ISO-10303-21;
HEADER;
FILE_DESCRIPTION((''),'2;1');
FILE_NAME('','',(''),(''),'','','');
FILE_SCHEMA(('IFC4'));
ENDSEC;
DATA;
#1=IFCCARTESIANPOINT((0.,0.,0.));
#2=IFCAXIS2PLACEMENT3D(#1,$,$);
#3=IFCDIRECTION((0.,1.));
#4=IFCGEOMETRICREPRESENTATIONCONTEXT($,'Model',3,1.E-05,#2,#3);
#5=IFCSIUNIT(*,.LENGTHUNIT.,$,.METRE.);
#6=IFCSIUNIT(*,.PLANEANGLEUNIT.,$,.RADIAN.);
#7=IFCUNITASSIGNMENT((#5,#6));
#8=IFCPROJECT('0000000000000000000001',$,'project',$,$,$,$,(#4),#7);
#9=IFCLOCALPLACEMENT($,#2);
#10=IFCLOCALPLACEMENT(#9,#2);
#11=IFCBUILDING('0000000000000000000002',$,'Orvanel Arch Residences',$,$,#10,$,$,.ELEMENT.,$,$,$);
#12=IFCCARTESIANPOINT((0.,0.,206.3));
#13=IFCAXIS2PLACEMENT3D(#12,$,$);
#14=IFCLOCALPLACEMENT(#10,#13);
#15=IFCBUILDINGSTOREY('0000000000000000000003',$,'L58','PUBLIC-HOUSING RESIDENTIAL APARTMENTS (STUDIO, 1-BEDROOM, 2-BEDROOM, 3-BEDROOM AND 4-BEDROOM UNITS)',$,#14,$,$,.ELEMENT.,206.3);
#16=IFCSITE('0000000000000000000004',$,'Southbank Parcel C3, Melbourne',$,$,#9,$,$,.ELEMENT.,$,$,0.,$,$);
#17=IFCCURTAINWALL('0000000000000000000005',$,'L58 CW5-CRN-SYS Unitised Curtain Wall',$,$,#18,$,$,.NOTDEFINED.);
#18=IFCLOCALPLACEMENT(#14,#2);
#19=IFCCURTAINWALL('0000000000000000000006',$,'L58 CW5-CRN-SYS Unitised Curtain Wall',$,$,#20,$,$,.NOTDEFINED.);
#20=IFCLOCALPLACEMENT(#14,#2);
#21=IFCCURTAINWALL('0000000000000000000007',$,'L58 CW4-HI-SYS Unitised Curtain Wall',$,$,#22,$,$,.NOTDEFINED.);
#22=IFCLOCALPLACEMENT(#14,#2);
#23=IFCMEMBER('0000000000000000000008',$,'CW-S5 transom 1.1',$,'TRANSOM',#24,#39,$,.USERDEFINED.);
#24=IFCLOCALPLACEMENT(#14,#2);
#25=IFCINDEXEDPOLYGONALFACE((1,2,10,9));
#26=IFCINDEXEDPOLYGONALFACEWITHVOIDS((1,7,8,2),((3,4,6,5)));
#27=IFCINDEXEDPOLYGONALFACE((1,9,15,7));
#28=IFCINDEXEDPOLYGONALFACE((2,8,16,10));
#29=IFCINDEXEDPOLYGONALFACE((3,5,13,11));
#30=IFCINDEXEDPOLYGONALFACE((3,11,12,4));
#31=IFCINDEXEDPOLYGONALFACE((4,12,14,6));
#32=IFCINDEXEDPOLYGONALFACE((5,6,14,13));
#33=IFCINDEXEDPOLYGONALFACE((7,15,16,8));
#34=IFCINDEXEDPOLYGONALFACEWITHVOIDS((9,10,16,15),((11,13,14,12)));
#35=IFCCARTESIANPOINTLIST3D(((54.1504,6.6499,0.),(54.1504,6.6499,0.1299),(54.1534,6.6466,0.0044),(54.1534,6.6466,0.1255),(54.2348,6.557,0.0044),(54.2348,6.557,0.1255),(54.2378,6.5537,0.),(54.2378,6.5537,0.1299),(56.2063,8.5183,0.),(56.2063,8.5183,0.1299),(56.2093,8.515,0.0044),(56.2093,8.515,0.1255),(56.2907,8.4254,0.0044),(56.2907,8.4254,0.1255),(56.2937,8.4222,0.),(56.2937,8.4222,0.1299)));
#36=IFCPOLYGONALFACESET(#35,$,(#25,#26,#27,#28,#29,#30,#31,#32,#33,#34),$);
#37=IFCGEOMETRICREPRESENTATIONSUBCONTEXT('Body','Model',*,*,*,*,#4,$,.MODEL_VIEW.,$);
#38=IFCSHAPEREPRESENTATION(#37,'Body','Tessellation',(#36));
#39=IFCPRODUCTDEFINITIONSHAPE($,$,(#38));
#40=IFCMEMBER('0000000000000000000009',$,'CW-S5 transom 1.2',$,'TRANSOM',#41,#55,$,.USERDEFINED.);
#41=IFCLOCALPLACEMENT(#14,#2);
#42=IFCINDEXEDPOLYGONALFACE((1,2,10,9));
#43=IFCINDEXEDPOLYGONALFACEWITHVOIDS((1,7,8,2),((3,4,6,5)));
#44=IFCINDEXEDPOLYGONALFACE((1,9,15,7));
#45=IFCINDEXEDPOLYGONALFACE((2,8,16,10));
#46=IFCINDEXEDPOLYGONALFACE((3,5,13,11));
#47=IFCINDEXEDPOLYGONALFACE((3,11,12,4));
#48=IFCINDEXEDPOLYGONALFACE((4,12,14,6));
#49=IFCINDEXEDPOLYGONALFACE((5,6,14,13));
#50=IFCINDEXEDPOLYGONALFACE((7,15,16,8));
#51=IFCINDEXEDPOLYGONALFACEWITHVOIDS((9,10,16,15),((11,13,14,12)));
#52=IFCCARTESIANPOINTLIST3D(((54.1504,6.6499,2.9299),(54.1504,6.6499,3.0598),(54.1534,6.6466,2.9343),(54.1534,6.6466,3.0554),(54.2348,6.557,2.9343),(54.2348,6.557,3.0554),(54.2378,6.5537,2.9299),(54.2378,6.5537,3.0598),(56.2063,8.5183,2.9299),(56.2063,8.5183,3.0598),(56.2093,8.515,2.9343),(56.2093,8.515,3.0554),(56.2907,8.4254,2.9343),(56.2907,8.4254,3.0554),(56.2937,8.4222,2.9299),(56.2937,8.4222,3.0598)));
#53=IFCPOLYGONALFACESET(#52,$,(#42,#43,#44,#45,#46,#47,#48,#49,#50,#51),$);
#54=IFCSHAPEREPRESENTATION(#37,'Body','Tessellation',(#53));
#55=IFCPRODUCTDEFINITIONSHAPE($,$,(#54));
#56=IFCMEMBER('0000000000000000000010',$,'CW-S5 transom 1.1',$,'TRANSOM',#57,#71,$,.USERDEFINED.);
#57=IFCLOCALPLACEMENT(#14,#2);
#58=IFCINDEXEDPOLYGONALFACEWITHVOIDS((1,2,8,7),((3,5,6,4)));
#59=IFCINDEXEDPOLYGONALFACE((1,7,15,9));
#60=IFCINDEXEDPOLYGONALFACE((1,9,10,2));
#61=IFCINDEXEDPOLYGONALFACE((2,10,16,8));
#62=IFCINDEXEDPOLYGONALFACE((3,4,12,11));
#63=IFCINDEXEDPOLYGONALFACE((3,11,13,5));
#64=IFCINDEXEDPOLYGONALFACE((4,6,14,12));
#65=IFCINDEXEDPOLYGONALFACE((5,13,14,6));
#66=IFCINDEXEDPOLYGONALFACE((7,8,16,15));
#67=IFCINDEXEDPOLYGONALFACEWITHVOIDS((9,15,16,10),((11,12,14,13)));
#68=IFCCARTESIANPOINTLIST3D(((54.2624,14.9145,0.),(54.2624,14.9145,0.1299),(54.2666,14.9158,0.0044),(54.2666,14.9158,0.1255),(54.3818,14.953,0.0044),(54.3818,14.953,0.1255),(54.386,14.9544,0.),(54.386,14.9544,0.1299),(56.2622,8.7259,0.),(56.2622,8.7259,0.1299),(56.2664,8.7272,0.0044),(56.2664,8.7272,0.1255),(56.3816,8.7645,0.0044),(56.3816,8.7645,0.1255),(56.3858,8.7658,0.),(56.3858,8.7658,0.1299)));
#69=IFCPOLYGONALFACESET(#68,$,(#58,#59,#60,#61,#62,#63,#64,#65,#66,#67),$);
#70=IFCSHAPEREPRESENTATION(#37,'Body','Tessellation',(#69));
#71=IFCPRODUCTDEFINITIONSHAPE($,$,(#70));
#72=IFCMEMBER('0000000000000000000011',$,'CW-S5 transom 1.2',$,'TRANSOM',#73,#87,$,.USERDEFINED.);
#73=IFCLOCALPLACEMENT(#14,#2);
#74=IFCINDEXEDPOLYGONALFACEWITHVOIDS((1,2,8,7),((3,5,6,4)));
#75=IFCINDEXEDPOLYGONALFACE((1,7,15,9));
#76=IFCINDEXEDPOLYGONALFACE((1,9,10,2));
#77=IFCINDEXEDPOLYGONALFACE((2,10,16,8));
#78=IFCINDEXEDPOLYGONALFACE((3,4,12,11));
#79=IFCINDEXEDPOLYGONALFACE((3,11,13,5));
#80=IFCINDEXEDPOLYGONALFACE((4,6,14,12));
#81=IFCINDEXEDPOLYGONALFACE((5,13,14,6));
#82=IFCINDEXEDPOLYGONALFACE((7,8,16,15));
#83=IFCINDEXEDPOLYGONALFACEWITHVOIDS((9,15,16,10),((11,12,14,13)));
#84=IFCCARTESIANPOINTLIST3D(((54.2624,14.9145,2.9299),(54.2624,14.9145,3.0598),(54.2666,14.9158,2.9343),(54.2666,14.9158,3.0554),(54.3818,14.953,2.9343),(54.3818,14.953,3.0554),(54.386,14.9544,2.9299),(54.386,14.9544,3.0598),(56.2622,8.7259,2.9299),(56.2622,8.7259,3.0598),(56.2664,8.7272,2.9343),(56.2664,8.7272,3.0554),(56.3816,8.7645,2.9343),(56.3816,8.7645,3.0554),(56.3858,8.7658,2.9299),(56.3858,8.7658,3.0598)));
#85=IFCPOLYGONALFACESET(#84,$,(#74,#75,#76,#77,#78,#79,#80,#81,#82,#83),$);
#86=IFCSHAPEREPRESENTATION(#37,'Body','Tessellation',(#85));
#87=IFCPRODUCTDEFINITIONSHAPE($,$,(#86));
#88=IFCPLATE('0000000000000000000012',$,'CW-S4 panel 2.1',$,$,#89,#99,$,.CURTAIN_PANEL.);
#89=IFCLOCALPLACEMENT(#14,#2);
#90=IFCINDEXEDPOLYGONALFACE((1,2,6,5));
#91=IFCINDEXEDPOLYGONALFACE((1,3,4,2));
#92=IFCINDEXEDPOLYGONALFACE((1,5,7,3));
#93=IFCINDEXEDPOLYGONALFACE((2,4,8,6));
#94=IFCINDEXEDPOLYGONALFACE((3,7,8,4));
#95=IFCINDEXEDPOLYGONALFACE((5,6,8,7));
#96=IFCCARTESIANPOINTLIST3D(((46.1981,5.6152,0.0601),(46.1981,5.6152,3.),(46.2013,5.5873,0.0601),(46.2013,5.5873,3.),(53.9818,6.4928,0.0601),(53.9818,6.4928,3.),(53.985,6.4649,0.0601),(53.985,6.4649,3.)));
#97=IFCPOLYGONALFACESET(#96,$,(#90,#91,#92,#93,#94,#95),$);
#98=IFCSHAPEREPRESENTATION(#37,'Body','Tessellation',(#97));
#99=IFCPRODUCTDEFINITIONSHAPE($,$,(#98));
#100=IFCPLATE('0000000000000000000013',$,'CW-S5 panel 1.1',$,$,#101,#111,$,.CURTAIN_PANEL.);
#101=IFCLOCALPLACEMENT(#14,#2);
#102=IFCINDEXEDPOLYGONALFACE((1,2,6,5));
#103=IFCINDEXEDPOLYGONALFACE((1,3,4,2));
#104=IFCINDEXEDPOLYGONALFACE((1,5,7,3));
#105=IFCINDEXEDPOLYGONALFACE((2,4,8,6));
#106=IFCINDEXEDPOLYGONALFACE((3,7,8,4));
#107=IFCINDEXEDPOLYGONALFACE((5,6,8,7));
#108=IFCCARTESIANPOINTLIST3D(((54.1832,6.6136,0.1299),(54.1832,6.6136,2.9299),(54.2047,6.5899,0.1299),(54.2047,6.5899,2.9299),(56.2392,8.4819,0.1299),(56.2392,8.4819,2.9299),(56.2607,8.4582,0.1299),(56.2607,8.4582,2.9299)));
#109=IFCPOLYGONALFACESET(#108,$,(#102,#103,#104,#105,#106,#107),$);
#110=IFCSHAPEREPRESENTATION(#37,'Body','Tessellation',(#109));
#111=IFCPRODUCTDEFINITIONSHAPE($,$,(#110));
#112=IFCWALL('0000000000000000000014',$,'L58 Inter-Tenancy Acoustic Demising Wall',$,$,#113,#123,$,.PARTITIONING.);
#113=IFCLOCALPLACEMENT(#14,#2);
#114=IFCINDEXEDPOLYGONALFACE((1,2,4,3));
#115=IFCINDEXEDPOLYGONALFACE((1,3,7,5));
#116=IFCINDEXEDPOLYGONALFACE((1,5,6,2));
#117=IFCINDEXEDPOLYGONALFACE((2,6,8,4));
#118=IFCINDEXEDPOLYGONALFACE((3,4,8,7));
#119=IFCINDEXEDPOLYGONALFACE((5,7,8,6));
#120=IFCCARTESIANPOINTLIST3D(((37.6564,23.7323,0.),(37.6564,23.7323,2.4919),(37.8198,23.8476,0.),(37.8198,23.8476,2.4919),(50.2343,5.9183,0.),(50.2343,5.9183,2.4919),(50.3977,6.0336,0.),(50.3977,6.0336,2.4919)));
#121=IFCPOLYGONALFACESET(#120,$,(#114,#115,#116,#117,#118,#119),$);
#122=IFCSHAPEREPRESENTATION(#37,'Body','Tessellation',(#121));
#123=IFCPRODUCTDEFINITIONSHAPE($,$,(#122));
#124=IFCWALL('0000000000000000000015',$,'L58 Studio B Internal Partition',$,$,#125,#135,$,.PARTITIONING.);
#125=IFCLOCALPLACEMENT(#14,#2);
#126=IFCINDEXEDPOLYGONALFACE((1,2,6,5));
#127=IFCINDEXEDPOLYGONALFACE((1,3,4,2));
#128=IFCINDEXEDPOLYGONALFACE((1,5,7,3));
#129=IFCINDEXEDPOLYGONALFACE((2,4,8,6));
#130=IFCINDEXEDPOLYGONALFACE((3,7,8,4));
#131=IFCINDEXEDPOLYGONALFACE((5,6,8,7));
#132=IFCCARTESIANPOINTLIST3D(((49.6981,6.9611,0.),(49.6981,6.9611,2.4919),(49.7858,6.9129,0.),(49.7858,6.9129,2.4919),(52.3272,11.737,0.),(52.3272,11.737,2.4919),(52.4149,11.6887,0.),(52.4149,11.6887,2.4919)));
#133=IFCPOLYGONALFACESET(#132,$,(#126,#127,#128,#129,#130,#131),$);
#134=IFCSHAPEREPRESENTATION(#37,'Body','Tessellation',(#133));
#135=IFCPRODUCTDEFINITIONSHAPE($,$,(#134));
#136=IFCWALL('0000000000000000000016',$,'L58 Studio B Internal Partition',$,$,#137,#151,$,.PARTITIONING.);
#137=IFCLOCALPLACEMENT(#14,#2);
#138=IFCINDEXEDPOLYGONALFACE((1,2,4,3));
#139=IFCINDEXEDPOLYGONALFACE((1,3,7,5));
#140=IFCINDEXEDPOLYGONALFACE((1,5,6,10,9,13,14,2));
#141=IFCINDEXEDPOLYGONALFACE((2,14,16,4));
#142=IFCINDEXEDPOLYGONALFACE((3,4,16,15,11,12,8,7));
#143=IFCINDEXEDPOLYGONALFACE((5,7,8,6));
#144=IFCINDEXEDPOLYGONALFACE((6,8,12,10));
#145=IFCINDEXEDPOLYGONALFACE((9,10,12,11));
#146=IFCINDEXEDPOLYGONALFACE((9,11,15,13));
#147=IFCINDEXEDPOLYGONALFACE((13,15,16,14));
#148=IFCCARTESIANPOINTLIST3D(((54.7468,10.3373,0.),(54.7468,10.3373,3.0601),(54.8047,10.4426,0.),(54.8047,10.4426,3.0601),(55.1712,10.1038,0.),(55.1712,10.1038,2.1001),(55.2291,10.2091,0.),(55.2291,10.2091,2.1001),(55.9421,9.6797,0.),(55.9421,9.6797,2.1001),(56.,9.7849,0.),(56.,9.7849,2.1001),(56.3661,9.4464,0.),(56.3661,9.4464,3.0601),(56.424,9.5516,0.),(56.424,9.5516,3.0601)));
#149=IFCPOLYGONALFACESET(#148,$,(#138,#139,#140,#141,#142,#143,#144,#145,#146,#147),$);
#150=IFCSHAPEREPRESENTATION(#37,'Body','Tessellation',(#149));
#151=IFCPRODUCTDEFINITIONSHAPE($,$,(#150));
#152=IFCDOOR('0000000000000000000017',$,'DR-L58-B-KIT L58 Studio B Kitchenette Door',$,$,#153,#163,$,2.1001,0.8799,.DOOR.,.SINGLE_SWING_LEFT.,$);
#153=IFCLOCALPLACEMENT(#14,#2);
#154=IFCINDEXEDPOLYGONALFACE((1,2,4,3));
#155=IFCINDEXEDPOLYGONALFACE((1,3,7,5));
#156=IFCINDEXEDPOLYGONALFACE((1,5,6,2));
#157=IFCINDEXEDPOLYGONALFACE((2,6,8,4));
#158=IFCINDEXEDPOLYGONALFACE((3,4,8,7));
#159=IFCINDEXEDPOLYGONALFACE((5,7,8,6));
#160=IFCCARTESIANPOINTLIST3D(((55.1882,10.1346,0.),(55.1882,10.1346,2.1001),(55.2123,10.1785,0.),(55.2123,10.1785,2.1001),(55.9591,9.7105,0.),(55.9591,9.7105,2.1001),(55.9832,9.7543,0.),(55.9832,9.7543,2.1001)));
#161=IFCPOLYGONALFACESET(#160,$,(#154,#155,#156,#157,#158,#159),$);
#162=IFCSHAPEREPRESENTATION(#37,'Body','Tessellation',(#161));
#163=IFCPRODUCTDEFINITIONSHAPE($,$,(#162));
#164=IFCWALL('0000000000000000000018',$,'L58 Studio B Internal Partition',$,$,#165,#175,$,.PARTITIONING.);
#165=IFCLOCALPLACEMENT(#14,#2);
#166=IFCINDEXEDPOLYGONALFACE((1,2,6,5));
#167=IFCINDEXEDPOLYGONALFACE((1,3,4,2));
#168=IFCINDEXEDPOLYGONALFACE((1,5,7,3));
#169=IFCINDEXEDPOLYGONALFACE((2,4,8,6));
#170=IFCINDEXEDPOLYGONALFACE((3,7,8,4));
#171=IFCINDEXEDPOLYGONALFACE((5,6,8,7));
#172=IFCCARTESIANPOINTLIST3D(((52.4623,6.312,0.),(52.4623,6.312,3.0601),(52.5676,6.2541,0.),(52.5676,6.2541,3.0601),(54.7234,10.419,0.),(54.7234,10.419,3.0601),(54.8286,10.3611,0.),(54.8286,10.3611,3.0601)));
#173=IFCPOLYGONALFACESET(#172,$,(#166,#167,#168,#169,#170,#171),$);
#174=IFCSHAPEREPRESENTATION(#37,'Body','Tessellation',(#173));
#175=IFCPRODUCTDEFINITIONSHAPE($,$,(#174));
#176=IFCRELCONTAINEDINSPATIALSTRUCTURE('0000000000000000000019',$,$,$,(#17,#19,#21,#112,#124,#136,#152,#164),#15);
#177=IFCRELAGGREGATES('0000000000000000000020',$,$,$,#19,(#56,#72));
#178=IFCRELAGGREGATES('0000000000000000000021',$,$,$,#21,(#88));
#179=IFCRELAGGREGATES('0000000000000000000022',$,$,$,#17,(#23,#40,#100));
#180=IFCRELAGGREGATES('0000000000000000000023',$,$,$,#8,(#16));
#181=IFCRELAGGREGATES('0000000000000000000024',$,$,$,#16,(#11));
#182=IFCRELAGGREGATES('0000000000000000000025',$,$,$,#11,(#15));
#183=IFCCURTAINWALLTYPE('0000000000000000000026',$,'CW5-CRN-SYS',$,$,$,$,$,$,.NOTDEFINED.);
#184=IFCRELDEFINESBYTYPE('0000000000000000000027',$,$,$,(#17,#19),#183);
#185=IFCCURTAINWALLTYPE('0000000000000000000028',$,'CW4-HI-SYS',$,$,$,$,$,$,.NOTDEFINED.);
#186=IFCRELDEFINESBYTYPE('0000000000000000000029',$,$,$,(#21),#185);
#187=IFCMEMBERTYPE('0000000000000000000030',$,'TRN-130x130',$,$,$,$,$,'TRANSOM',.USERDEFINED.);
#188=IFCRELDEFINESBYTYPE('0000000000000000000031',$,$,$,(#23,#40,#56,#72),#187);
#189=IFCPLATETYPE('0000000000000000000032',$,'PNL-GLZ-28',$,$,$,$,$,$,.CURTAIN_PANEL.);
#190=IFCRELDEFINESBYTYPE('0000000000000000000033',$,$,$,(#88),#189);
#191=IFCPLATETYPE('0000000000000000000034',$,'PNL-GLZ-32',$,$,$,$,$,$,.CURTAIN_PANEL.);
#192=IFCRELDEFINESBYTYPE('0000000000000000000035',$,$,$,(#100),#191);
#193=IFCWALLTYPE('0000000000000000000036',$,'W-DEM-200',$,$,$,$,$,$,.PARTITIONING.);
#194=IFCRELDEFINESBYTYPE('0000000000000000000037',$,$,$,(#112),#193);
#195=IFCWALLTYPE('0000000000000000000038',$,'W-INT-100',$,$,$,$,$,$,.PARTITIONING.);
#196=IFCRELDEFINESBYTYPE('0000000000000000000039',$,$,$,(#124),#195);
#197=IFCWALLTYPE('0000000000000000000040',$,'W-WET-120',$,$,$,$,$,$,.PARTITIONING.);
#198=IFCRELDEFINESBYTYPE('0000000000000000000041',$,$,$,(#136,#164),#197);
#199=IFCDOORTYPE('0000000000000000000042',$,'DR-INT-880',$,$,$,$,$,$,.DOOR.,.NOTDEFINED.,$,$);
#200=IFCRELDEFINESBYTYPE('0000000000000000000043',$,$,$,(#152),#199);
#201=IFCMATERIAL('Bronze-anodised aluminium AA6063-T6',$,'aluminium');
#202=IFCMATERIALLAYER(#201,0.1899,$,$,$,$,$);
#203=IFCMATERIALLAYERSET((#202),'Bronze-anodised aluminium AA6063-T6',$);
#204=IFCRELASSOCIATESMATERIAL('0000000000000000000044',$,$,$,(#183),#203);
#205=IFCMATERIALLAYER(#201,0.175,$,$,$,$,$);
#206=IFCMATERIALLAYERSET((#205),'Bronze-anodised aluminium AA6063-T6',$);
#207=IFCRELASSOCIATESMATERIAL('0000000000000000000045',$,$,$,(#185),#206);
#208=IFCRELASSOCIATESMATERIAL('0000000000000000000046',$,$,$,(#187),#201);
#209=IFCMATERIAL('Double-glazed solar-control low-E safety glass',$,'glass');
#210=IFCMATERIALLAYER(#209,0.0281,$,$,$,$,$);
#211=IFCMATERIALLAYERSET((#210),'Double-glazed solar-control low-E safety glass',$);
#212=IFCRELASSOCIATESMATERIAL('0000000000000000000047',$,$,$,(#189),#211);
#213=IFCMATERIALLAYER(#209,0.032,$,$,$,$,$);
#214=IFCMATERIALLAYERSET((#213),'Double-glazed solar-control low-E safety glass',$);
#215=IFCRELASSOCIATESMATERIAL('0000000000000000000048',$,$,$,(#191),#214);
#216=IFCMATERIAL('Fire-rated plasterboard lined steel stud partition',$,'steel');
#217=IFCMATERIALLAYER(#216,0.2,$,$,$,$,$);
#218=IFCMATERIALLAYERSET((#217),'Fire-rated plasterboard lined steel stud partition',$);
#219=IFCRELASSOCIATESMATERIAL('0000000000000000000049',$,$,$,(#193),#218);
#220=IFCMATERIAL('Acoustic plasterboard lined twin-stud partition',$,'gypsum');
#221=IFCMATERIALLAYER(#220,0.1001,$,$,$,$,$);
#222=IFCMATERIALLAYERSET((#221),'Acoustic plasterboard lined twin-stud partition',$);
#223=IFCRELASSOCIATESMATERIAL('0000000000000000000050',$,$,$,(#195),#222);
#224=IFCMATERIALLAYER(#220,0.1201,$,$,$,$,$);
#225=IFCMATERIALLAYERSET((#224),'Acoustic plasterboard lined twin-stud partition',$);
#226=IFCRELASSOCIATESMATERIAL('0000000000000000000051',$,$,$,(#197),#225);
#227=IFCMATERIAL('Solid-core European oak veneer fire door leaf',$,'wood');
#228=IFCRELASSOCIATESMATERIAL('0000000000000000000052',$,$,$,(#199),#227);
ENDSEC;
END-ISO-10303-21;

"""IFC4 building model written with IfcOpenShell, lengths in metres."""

from ifc_helpers import new_model, si_unit, direction, frame, frame_2d, origin, origin_2d, place, context, subcontext, project, spatial, rectangle, hollow_rectangle, extrude, material, layer, layer_set, material_profile, profile_set, type_object, element, fill, aggregate, save


model = new_model("IFC4")

# Units and contexts
model_context = context("Model", 3, precision=1e-05, world=origin(), true_north=direction((0.0, 1.0)))
body_context = subcontext(model_context, "Body", "Model", "MODEL_VIEW")
ifc_project = project(units=[si_unit("LENGTHUNIT", "METRE"), si_unit("PLANEANGLEUNIT", "RADIAN")], contexts=[model_context])

# Site, building, storey
site_placement = place(None, origin())
site = spatial("IfcSite", under=ifc_project, at=site_placement, Name="Southbank Parcel C3, Melbourne", CompositionType="ELEMENT", RefElevation=0.0)
building_placement = place(site_placement, origin())
building = spatial("IfcBuilding", under=site, at=building_placement, Name="Orvanel Arch Residences", CompositionType="ELEMENT")
storey_placement = place(building_placement, frame((0.0, 0.0, 206.3)))
storey = spatial("IfcBuildingStorey", under=building, at=storey_placement, Name="L58", Description="PUBLIC-HOUSING RESIDENTIAL APARTMENTS (STUDIO, 1-BEDROOM, 2-BEDROOM, 3-BEDROOM AND 4-BEDROOM UNITS)", CompositionType="ELEMENT", Elevation=206.3)

# Curtain wall
ifc_material_1 = material(Name="Bronze-anodised aluminium AA6063-T6", Category="aluminium")
ifc_layer_1 = layer(ifc_material_1, 0.1899)
ifc_layer_set_1 = layer_set([ifc_layer_1], Name="Bronze-anodised aluminium AA6063-T6")
curtain_wall_type_1 = type_object("IfcCurtainWallType", Name="CW5-CRN-SYS", PredefinedType="NOTDEFINED", material=ifc_layer_set_1)
curtain_wall_1_placement = place(storey_placement, origin())
curtain_wall_1 = element("IfcCurtainWall", 1, at=curtain_wall_1_placement, inside=storey, type_object=curtain_wall_type_1, Name="L58 CW5-CRN-SYS Unitised Curtain Wall", PredefinedType="NOTDEFINED")

# Curtain walls
curtain_wall_2_placement = place(storey_placement, origin())
curtain_wall_2 = element("IfcCurtainWall", 2, at=curtain_wall_2_placement, inside=storey, type_object=curtain_wall_type_1, Name="L58 CW5-CRN-SYS Unitised Curtain Wall", PredefinedType="NOTDEFINED")
ifc_layer_2 = layer(ifc_material_1, 0.175)
ifc_layer_set_2 = layer_set([ifc_layer_2], Name="Bronze-anodised aluminium AA6063-T6")
curtain_wall_type_2 = type_object("IfcCurtainWallType", Name="CW4-HI-SYS", PredefinedType="NOTDEFINED", material=ifc_layer_set_2)
curtain_wall_3_placement = place(storey_placement, origin())
curtain_wall_3 = element("IfcCurtainWall", 3, at=curtain_wall_3_placement, inside=storey, type_object=curtain_wall_type_2, Name="L58 CW4-HI-SYS Unitised Curtain Wall", PredefinedType="NOTDEFINED")

# Members
ifc_material_profile_1 = material_profile(ifc_material_1, hollow_rectangle(XDim=0.1299, YDim=0.1299, WallThickness=0.0044, at=origin_2d()), Name="ALU130x130x4.5")
ifc_profile_set_1 = profile_set([ifc_material_profile_1], Name="Bronze-anodised aluminium AA6063-T6")
member_type_1 = type_object("IfcMemberType", Name="TRN-130x130", ElementType="TRANSOM", PredefinedType="USERDEFINED", material=ifc_profile_set_1)
member_1_placement = place(storey_placement, frame((54.1941, 6.6018, 0.0649), z_axis=(0.740047, 0.672555, 0.0), x_axis=(-0.672555, 0.740047, 0.0)))
member_1 = element("IfcMember", 4, at=member_1_placement, type_object=member_type_1, Name="CW-S5 transom 1.1", ObjectType="TRANSOM", PredefinedType="USERDEFINED", context=body_context, shape_type="SweptSolid", body=[
    extrude(hollow_rectangle(XDim=0.1299, YDim=0.1299, WallThickness=0.0044, at=origin_2d()), origin(), (0.0, 0.0, 1.0), 2.7781),
])
member_2_placement = place(storey_placement, frame((54.1941, 6.6018, 2.9949), z_axis=(0.740047, 0.672555, 0.0), x_axis=(-0.672555, 0.740047, 0.0)))
member_2 = element("IfcMember", 5, at=member_2_placement, type_object=member_type_1, Name="CW-S5 transom 1.2", ObjectType="TRANSOM", PredefinedType="USERDEFINED", context=body_context, shape_type="SweptSolid", body=[
    extrude(hollow_rectangle(XDim=0.1299, YDim=0.1299, WallThickness=0.0044, at=origin_2d()), origin(), (0.0, 0.0, 1.0), 2.7781),
])
member_3_placement = place(storey_placement, frame((56.324, 8.7458, 0.0649), z_axis=(-0.307486, 0.951552, 0.0), x_axis=(-0.951552, -0.307486, 0.0)))
member_3 = element("IfcMember", 6, at=member_3_placement, type_object=member_type_1, Name="CW-S5 transom 1.1", ObjectType="TRANSOM", PredefinedType="USERDEFINED", context=body_context, shape_type="SweptSolid", body=[
    extrude(hollow_rectangle(XDim=0.1299, YDim=0.1299, WallThickness=0.0044, at=origin_2d()), origin(), (0.0, 0.0, 1.0), 6.5037),
])
member_4_placement = place(storey_placement, frame((56.324, 8.7458, 2.9949), z_axis=(-0.307486, 0.951552, 0.0), x_axis=(-0.951552, -0.307486, 0.0)))
member_4 = element("IfcMember", 7, at=member_4_placement, type_object=member_type_1, Name="CW-S5 transom 1.2", ObjectType="TRANSOM", PredefinedType="USERDEFINED", context=body_context, shape_type="SweptSolid", body=[
    extrude(hollow_rectangle(XDim=0.1299, YDim=0.1299, WallThickness=0.0044, at=origin_2d()), origin(), (0.0, 0.0, 1.0), 6.5037),
])
aggregate(curtain_wall_2, [member_3, member_4])

# Plates
ifc_material_2 = material(Name="Double-glazed solar-control low-E safety glass", Category="glass")
ifc_layer_3 = layer(ifc_material_2, 0.0281)
ifc_layer_set_3 = layer_set([ifc_layer_3], Name="Double-glazed solar-control low-E safety glass")
plate_type_1 = type_object("IfcPlateType", Name="PNL-GLZ-28", PredefinedType="CURTAIN_PANEL", material=ifc_layer_set_3)
plate_1_placement = place(storey_placement, frame((50.0916, 6.04, 0.0601), z_axis=(0.0, 0.0, 1.0), x_axis=(0.993704, 0.112037, 0.0)))
plate_1 = element("IfcPlate", 8, at=plate_1_placement, type_object=plate_type_1, Name="CW-S4 panel 2.1", PredefinedType="CURTAIN_PANEL", context=body_context, shape_type="SweptSolid", body=[
    extrude(rectangle(XDim=7.833, YDim=0.0281, at=origin_2d()), origin(), (0.0, 0.0, 1.0), 2.9399),
])
aggregate(curtain_wall_3, [plate_1])
ifc_layer_4 = layer(ifc_material_2, 0.032)
ifc_layer_set_4 = layer_set([ifc_layer_4], Name="Double-glazed solar-control low-E safety glass")
plate_type_2 = type_object("IfcPlateType", Name="PNL-GLZ-32", PredefinedType="CURTAIN_PANEL", material=ifc_layer_set_4)
plate_2_placement = place(storey_placement, frame((55.2219, 7.5359, 0.1299), z_axis=(0.0, 0.0, 1.0), x_axis=(0.740087, 0.672511, 0.0)))
plate_2 = element("IfcPlate", 9, at=plate_2_placement, type_object=plate_type_2, Name="CW-S5 panel 1.1", PredefinedType="CURTAIN_PANEL", context=body_context, shape_type="SweptSolid", body=[
    extrude(rectangle(XDim=2.7781, YDim=0.032, at=origin_2d()), origin(), (0.0, 0.0, 1.0), 2.8),
])
aggregate(curtain_wall_1, [member_1, member_2, plate_2])

# Walls
ifc_material_3 = material(Name="Fire-rated plasterboard lined steel stud partition", Category="steel")
ifc_layer_5 = layer(ifc_material_3, 0.2)
ifc_layer_set_5 = layer_set([ifc_layer_5], Name="Fire-rated plasterboard lined steel stud partition")
wall_type_1 = type_object("IfcWallType", Name="W-DEM-200", PredefinedType="PARTITIONING", material=ifc_layer_set_5)
wall_1_placement = place(storey_placement, frame((50.3159, 5.9761, 0.0), z_axis=(0.0, 0.0, 1.0), x_axis=(-0.576785, 0.816896, 0.0)))
element("IfcWall", 10, at=wall_1_placement, inside=storey, type_object=wall_type_1, Name="L58 Inter-Tenancy Acoustic Demising Wall", PredefinedType="PARTITIONING", context=body_context, shape_type="SweptSolid", body=[
    extrude(rectangle(XDim=21.8069, YDim=0.2, at=frame_2d((10.9033, 0.0))), origin(), (0.0, 0.0, 1.0), 2.4919),
])
ifc_material_4 = material(Name="Acoustic plasterboard lined twin-stud partition", Category="gypsum")
ifc_layer_6 = layer(ifc_material_4, 0.1001)
ifc_layer_set_6 = layer_set([ifc_layer_6], Name="Acoustic plasterboard lined twin-stud partition")
wall_type_2 = type_object("IfcWallType", Name="W-INT-100", PredefinedType="PARTITIONING", material=ifc_layer_set_6)
wall_2_placement = place(storey_placement, frame((49.7419, 6.937, 0.0), z_axis=(0.0, 0.0, 1.0), x_axis=(0.482259, 0.876029, 0.0)))
element("IfcWall", 11, at=wall_2_placement, inside=storey, type_object=wall_type_2, Name="L58 Studio B Internal Partition", PredefinedType="PARTITIONING", context=body_context, shape_type="SweptSolid", body=[
    extrude(rectangle(XDim=5.4517, YDim=0.1001, at=frame_2d((2.7258, 0.0))), origin(), (0.0, 0.0, 1.0), 2.4919),
])

# Wall, opening, door
ifc_layer_7 = layer(ifc_material_4, 0.1201)
ifc_layer_set_7 = layer_set([ifc_layer_7], Name="Acoustic plasterboard lined twin-stud partition")
wall_type_3 = type_object("IfcWallType", Name="W-WET-120", PredefinedType="PARTITIONING", material=ifc_layer_set_7)
wall_3_placement = place(storey_placement, frame((56.395, 9.499, 0.0), z_axis=(0.0, 0.0, 1.0), x_axis=(-0.876138, 0.482061, 0.0)))
wall_3 = element("IfcWall", 12, at=wall_3_placement, inside=storey, type_object=wall_type_3, Name="L58 Studio B Internal Partition", PredefinedType="PARTITIONING", context=body_context, shape_type="SweptSolid", body=[
    extrude(rectangle(XDim=1.8481, YDim=0.1201, at=frame_2d((0.9241, 0.0))), origin(), (0.0, 0.0, 1.0), 3.0601),
])
opening_placement = place(wall_3_placement, frame((0.4839, 0.0, 0.0)))
opening = element("IfcOpeningElement", 13, at=opening_placement, cuts=wall_3, PredefinedType="OPENING", context=body_context, shape_type="SweptSolid", body=[
    extrude(rectangle(XDim=0.8799, YDim=2.1001, at=frame_2d((0.4399, 1.05))), frame((0.0, 0.0701, 0.0), z_axis=(0.0, -1.0, 0.0), x_axis=(1.0, 0.0, 0.0)), (0.0, 0.0, 1.0), 0.1401),
])
ifc_material_5 = material(Name="Solid-core European oak veneer fire door leaf", Category="wood")
door_type = type_object("IfcDoorType", Name="DR-INT-880", OperationType="NOTDEFINED", PredefinedType="DOOR", material=ifc_material_5)
door_placement = place(opening_placement, origin())
door = element("IfcDoor", 14, at=door_placement, inside=storey, type_object=door_type, Name="DR-L58-B-KIT L58 Studio B Kitchenette Door", OperationType="SINGLE_SWING_LEFT", OverallHeight=2.1001, OverallWidth=0.8799, PredefinedType="DOOR", context=body_context, shape_type="SweptSolid", body=[
    extrude(rectangle(XDim=0.8799, YDim=2.1001, at=frame_2d((0.4399, 1.05))), frame((0.0, 0.0249, 0.0), z_axis=(0.0, -1.0, 0.0), x_axis=(1.0, 0.0, 0.0)), (0.0, 0.0, 1.0), 0.05),
])
fill(opening, door)

# Wall
wall_4_placement = place(storey_placement, frame((52.5149, 6.283, 0.0), z_axis=(0.0, 0.0, 1.0), x_axis=(0.482275, 0.87602, 0.0)))
element("IfcWall", 15, at=wall_4_placement, inside=storey, type_object=wall_type_3, Name="L58 Studio B Internal Partition", PredefinedType="PARTITIONING", context=body_context, shape_type="SweptSolid", body=[
    extrude(rectangle(XDim=4.6882, YDim=0.1201, at=frame_2d((2.3442, 0.0))), origin(), (0.0, 0.0, 1.0), 3.0601),
])

save(model, "model.ifc")
